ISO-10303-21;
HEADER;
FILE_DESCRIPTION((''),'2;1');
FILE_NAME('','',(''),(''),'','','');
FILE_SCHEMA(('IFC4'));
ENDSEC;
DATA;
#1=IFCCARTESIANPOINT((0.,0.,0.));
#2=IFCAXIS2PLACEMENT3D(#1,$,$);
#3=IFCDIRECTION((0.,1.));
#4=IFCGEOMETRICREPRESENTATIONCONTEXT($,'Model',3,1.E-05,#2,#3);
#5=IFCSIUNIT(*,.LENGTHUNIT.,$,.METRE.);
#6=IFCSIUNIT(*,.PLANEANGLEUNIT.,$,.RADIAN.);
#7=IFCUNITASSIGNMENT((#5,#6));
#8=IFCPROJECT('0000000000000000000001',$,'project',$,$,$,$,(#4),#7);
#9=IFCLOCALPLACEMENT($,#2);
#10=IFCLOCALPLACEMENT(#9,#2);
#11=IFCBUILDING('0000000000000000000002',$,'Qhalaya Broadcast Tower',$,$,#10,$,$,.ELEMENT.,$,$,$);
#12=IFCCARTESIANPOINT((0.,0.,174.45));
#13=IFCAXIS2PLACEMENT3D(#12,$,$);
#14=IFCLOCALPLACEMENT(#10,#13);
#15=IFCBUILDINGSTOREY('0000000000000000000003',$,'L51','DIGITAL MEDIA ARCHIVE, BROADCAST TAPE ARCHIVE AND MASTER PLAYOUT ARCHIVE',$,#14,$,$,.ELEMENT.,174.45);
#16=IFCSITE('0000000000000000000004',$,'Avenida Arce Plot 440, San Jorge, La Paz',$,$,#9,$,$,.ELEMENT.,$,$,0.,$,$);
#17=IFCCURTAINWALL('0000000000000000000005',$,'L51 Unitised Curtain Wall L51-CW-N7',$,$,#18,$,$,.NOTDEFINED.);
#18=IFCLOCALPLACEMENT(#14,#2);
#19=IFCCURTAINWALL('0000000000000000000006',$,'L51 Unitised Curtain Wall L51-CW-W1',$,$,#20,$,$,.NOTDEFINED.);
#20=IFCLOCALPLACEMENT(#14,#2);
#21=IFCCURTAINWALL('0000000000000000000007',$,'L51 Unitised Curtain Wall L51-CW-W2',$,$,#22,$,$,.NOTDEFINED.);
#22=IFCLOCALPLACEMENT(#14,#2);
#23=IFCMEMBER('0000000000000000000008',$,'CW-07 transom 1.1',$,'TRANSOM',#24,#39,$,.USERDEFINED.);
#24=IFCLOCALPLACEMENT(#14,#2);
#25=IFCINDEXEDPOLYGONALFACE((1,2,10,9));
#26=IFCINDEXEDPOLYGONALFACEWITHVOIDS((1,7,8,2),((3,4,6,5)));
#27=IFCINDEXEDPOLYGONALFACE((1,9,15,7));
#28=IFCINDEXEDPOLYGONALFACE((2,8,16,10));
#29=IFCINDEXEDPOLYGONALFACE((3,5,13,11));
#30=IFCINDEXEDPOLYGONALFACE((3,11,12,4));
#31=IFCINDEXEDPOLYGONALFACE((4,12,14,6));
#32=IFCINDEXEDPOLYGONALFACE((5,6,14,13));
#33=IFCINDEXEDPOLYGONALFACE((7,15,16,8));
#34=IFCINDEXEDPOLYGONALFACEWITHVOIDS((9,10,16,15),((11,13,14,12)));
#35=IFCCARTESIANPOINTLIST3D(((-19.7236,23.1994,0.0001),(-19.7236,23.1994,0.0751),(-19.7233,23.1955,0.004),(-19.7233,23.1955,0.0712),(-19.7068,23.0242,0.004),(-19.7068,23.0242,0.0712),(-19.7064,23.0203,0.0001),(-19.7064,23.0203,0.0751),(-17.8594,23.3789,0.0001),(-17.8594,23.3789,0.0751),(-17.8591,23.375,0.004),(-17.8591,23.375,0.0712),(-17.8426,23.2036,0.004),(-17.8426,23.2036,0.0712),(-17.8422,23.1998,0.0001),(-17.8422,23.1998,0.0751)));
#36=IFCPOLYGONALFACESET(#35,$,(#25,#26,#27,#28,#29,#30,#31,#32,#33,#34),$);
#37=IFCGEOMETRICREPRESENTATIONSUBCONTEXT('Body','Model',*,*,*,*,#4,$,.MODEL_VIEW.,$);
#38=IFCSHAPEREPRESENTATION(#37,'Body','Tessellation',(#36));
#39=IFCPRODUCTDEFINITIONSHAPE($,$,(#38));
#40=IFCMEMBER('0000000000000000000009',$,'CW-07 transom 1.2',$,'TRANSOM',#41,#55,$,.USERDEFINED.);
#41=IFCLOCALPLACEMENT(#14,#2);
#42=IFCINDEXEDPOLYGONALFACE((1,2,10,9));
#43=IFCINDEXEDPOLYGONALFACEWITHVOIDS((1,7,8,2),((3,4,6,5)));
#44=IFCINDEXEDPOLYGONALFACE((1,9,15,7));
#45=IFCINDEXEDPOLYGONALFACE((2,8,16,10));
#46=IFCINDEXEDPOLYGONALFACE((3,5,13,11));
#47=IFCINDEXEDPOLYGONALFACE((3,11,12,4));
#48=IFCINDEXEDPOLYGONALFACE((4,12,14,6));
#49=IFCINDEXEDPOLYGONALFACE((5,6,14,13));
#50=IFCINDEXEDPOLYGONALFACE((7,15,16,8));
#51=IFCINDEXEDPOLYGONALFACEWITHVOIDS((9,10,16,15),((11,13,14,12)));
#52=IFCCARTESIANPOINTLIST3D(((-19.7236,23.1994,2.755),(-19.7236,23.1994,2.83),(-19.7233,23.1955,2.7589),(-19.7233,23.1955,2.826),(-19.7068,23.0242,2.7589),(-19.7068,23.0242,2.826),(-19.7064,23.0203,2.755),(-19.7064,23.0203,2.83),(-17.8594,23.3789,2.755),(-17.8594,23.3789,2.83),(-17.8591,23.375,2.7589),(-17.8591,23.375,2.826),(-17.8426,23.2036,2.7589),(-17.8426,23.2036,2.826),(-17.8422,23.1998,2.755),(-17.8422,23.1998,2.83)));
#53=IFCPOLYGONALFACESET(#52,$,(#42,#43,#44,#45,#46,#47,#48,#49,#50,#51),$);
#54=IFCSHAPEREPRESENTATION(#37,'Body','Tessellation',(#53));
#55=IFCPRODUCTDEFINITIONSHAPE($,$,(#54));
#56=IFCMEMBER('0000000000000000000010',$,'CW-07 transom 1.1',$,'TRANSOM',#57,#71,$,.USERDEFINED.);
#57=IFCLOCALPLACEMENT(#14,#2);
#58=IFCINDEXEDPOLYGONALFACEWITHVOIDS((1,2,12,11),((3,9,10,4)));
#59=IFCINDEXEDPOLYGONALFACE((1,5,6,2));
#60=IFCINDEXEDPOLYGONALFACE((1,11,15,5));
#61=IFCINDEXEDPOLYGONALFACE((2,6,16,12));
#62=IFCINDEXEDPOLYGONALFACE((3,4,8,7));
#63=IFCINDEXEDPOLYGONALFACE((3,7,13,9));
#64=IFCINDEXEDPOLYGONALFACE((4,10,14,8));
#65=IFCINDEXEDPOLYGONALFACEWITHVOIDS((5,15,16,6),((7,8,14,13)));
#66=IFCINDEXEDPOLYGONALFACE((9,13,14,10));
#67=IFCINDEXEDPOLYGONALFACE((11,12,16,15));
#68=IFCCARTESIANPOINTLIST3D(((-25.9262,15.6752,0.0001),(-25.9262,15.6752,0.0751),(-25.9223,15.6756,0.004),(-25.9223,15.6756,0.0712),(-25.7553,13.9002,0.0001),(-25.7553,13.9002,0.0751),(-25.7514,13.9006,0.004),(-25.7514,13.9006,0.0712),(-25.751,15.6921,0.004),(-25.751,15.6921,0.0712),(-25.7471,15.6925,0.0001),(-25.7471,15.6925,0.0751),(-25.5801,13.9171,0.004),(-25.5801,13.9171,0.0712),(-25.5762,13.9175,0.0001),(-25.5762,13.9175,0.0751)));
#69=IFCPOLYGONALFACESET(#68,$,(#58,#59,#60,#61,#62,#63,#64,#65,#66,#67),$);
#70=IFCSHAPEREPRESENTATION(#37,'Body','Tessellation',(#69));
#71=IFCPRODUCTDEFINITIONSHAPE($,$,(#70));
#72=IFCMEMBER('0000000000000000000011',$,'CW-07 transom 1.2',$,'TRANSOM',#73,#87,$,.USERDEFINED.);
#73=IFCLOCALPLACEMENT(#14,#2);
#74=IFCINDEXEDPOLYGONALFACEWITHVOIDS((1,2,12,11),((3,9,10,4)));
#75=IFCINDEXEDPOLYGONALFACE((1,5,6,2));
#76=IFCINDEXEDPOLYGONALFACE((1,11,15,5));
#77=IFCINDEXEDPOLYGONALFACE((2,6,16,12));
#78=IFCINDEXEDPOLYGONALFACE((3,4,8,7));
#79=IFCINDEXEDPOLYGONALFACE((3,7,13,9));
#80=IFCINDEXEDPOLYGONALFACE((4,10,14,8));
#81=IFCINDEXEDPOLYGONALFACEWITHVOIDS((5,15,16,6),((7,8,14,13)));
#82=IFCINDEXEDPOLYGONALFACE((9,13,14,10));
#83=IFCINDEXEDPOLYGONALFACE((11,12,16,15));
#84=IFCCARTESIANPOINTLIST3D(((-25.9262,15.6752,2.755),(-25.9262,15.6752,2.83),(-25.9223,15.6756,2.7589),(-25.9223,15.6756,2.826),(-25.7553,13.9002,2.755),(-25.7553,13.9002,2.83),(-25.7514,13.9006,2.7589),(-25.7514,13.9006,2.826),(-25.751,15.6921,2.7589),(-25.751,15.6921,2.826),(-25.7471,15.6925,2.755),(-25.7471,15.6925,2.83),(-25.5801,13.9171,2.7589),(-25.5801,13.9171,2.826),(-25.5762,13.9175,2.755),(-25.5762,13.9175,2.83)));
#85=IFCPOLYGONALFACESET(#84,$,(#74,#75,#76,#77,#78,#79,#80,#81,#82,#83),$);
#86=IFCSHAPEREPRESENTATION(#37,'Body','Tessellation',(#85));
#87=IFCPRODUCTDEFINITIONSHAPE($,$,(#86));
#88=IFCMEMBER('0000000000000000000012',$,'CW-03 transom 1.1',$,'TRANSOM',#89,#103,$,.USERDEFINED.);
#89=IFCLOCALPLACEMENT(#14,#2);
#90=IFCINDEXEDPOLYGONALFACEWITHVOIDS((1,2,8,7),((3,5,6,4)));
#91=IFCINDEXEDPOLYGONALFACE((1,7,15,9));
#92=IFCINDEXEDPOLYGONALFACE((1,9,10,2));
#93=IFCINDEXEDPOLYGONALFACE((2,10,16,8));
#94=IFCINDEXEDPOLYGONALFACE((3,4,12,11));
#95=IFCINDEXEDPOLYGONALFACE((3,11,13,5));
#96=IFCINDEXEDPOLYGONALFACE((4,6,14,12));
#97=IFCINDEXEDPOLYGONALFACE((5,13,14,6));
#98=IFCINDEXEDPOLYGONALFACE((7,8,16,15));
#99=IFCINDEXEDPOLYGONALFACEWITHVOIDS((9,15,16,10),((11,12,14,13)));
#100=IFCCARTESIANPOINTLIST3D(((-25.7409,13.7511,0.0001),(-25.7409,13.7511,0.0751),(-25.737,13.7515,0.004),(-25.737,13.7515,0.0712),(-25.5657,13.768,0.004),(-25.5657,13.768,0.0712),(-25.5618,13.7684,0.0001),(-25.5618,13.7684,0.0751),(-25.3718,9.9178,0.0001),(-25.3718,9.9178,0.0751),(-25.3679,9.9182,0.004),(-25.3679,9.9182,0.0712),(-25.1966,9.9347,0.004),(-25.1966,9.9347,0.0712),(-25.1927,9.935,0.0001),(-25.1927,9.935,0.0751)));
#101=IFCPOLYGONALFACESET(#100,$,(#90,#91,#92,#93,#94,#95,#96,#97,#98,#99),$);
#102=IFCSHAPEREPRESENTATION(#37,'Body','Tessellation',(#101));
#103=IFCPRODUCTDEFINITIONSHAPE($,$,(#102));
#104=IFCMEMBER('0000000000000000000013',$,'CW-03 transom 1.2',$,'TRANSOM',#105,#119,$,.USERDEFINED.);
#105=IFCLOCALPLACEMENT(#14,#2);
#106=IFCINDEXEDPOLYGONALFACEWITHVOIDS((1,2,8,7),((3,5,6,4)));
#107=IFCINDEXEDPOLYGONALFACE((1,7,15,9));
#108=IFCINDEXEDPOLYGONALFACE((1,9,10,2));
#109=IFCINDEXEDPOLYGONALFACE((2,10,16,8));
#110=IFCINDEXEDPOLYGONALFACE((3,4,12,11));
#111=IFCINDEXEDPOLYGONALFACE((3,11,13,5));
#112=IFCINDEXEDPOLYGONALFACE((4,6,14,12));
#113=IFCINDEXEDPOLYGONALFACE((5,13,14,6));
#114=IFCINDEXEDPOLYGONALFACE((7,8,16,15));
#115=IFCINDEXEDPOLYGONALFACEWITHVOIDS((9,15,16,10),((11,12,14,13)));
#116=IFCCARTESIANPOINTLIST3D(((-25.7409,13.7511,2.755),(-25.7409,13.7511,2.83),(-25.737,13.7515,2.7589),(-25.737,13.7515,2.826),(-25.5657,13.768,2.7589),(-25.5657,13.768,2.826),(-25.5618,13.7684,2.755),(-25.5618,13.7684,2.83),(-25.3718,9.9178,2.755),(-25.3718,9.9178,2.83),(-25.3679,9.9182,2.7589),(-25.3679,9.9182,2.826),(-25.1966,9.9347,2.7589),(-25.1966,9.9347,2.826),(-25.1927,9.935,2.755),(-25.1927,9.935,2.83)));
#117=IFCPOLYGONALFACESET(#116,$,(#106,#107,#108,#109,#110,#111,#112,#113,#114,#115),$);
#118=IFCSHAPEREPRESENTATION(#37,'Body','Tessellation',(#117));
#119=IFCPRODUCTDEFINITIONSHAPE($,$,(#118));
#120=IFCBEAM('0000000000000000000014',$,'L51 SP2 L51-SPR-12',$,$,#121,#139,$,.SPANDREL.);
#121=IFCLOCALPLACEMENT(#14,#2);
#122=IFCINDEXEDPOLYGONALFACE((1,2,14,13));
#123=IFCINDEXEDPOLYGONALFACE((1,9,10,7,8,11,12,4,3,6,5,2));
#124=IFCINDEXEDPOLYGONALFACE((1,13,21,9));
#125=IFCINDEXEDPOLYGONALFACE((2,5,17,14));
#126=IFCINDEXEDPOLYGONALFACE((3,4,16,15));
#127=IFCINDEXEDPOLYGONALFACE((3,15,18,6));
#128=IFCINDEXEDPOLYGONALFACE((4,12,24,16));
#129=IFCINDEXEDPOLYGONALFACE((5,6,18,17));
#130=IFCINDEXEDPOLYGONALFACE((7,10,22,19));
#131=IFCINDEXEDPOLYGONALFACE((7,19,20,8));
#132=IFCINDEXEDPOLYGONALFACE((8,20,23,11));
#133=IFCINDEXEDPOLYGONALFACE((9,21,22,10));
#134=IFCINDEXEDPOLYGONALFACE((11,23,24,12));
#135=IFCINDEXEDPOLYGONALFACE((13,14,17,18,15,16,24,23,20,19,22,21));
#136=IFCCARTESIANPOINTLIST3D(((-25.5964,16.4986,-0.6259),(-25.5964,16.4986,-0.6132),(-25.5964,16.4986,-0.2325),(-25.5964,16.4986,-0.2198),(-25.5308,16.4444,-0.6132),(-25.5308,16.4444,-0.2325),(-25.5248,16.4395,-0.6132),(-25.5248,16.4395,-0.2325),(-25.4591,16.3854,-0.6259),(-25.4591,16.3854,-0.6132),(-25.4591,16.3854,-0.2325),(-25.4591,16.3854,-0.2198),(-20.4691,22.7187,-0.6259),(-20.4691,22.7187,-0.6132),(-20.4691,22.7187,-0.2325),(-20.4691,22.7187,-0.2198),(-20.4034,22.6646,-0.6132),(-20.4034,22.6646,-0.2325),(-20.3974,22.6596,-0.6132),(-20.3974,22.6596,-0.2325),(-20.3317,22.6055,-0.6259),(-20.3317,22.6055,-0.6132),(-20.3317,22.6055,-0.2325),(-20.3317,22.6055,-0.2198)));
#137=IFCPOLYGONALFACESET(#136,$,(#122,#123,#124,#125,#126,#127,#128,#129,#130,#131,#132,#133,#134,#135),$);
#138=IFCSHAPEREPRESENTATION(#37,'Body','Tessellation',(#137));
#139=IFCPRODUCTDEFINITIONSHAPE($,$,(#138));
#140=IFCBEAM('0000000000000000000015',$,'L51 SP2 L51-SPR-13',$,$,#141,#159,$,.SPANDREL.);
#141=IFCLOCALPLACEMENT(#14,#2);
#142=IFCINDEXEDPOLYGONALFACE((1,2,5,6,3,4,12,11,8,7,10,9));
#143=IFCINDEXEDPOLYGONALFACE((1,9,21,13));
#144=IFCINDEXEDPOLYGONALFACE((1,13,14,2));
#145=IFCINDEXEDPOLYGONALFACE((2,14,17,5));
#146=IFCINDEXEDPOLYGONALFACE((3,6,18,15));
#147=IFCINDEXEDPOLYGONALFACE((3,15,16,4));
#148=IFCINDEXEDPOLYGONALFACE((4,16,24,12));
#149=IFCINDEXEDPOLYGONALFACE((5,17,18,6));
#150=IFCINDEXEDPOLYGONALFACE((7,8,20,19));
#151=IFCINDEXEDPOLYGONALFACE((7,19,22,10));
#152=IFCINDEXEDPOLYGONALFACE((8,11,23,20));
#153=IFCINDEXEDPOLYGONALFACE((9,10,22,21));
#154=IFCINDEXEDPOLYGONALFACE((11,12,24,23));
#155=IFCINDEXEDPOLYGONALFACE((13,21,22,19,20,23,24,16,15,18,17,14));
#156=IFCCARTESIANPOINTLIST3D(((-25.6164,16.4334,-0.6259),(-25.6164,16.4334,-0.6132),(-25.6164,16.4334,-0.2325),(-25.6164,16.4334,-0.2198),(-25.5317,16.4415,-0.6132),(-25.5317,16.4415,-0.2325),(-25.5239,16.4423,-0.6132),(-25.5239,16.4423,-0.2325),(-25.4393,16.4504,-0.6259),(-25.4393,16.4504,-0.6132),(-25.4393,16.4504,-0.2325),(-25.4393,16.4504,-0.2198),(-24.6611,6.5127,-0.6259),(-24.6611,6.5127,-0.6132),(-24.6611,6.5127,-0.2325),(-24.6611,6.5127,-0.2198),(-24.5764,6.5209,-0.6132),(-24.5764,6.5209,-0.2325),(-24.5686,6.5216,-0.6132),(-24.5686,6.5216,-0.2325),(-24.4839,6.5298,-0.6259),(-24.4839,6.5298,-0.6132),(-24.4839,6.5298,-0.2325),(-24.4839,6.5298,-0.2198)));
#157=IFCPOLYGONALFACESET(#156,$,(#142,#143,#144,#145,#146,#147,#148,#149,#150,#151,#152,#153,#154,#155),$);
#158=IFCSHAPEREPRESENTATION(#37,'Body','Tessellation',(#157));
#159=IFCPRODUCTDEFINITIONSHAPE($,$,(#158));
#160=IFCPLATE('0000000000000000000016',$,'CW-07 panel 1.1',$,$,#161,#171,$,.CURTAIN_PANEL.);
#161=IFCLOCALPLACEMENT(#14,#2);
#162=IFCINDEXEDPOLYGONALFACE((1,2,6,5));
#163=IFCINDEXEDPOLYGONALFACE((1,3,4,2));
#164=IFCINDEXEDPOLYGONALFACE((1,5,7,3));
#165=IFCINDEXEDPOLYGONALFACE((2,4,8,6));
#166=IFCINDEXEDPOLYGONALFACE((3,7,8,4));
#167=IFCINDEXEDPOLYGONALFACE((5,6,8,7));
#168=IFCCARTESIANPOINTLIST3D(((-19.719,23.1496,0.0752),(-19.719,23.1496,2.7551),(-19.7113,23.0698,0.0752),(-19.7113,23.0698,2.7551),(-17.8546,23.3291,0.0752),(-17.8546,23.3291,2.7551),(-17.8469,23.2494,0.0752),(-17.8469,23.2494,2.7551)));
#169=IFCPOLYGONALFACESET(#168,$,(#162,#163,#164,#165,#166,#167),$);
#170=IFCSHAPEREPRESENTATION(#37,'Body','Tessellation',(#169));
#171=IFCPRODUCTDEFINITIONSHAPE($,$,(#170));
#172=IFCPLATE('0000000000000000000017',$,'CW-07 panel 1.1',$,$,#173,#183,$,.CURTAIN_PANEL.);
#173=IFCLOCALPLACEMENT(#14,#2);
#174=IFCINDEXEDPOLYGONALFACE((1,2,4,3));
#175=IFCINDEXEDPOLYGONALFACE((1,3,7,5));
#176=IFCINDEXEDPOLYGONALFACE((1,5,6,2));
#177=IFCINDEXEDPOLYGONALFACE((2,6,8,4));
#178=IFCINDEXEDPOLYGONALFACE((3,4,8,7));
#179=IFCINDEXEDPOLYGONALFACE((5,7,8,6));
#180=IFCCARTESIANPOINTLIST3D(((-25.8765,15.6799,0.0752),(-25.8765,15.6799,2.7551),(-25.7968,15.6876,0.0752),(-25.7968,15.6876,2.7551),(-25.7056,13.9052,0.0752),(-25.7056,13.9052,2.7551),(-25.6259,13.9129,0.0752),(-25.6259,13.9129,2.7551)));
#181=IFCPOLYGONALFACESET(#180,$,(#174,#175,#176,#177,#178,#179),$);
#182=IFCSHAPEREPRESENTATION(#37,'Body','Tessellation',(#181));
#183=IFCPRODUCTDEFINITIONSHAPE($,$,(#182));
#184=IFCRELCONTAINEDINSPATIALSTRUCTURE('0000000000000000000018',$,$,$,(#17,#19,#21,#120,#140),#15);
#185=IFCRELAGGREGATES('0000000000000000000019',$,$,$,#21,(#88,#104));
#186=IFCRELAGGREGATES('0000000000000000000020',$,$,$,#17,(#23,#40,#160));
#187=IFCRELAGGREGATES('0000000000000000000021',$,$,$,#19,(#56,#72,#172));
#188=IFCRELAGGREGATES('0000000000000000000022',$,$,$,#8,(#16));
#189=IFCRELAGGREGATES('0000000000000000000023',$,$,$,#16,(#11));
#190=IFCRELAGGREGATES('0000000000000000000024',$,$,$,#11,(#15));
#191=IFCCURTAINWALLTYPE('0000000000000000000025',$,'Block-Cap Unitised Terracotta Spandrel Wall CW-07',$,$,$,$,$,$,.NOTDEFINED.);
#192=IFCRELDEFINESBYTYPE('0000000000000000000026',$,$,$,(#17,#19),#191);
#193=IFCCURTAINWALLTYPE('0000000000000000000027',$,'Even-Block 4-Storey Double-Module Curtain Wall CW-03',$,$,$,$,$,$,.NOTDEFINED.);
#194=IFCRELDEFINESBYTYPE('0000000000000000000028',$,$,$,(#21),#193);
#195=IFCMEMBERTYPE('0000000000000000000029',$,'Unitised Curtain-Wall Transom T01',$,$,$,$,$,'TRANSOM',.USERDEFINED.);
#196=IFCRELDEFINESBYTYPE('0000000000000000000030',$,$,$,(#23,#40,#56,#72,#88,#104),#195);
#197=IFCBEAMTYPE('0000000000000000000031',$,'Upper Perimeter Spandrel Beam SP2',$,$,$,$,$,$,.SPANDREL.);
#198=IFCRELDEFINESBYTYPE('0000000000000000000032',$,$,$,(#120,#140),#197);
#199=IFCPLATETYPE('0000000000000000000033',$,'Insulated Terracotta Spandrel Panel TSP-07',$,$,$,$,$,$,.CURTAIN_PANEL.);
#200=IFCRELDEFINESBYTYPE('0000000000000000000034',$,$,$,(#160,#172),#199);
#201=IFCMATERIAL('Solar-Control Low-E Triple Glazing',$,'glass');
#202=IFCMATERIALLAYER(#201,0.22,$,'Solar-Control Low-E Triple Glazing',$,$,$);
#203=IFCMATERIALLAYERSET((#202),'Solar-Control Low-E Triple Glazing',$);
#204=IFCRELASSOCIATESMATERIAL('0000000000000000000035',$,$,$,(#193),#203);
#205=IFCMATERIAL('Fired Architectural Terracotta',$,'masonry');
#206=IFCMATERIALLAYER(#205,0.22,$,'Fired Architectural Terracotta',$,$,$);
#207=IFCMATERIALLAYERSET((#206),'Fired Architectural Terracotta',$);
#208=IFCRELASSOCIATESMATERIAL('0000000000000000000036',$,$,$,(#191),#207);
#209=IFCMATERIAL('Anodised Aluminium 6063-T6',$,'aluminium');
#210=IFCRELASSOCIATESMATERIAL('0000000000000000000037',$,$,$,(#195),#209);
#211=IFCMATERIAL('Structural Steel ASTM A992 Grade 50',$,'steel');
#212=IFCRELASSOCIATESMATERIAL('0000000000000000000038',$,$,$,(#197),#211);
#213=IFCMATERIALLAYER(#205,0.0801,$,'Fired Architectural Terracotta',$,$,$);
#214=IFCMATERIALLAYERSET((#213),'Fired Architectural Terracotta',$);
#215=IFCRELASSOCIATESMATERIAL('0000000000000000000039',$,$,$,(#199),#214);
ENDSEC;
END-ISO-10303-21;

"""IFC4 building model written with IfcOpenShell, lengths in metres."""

from ifc_helpers import new_model, si_unit, direction, frame, origin, origin_2d, place, context, subcontext, project, spatial, rectangle, hollow_rectangle, i_section, extrude, material, layer, layer_set, material_profile, profile_set, type_object, element, aggregate, save


model = new_model("IFC4")

# Units and contexts
model_context = context("Model", 3, precision=1e-05, world=origin(), true_north=direction((0.0, 1.0)))
body_context = subcontext(model_context, "Body", "Model", "MODEL_VIEW")
ifc_project = project(units=[si_unit("LENGTHUNIT", "METRE"), si_unit("PLANEANGLEUNIT", "RADIAN")], contexts=[model_context])

# Site, building, storey
site_placement = place(None, origin())
site = spatial("IfcSite", under=ifc_project, at=site_placement, Name="Avenida Arce Plot 440, San Jorge, La Paz", CompositionType="ELEMENT", RefElevation=0.0)
building_placement = place(site_placement, origin())
building = spatial("IfcBuilding", under=site, at=building_placement, Name="Qhalaya Broadcast Tower", CompositionType="ELEMENT")
storey_placement = place(building_placement, frame((0.0, 0.0, 174.45)))
storey = spatial("IfcBuildingStorey", under=building, at=storey_placement, Name="L51", Description="DIGITAL MEDIA ARCHIVE, BROADCAST TAPE ARCHIVE AND MASTER PLAYOUT ARCHIVE", CompositionType="ELEMENT", Elevation=174.45)

# Shared definitions
ifc_material_1 = material(Name="Structural Steel ASTM A992 Grade 50", Category="steel")

# Shared definitions
ifc_material_2 = material(Name="Solar-Control Low-E Triple Glazing", Category="glass")
ifc_layer_1 = layer(ifc_material_2, 0.22, Name="Solar-Control Low-E Triple Glazing")
ifc_layer_set_1 = layer_set([ifc_layer_1], Name="Solar-Control Low-E Triple Glazing")
curtain_wall_type_1 = type_object("IfcCurtainWallType", Name="Even-Block 4-Storey Double-Module Curtain Wall CW-03", PredefinedType="NOTDEFINED", material=ifc_layer_set_1)
ifc_material_3 = material(Name="Anodised Aluminium 6063-T6", Category="aluminium")

# Curtain walls
ifc_material_4 = material(Name="Fired Architectural Terracotta", Category="masonry")
ifc_layer_2 = layer(ifc_material_4, 0.22, Name="Fired Architectural Terracotta")
ifc_layer_set_2 = layer_set([ifc_layer_2], Name="Fired Architectural Terracotta")
curtain_wall_type_2 = type_object("IfcCurtainWallType", Name="Block-Cap Unitised Terracotta Spandrel Wall CW-07", PredefinedType="NOTDEFINED", material=ifc_layer_set_2)
curtain_wall_1_placement = place(storey_placement, origin())
curtain_wall_1 = element("IfcCurtainWall", 1, at=curtain_wall_1_placement, inside=storey, type_object=curtain_wall_type_2, Name="L51 Unitised Curtain Wall L51-CW-N7", PredefinedType="NOTDEFINED")
curtain_wall_2_placement = place(storey_placement, origin())
curtain_wall_2 = element("IfcCurtainWall", 2, at=curtain_wall_2_placement, inside=storey, type_object=curtain_wall_type_2, Name="L51 Unitised Curtain Wall L51-CW-W1", PredefinedType="NOTDEFINED")

# Curtain wall
curtain_wall_3_placement = place(storey_placement, origin())
curtain_wall_3 = element("IfcCurtainWall", 3, at=curtain_wall_3_placement, inside=storey, type_object=curtain_wall_type_1, Name="L51 Unitised Curtain Wall L51-CW-W2", PredefinedType="NOTDEFINED")

# Members
ifc_material_profile_1 = material_profile(ifc_material_3, hollow_rectangle(XDim=0.075, YDim=0.1799, WallThickness=0.0039, at=origin_2d()), Name="ALU-TRN 75x180x4")
ifc_profile_set_1 = profile_set([ifc_material_profile_1], Name="Anodised Aluminium 6063-T6")
member_type_1 = type_object("IfcMemberType", Name="Unitised Curtain-Wall Transom T01", ElementType="TRANSOM", PredefinedType="USERDEFINED", material=ifc_profile_set_1)
member_1_placement = place(storey_placement, frame((-17.8508, 23.2893, 0.0376), z_axis=(-0.995399, -0.095812, 0.0), x_axis=(0.0, 0.0, 1.0)))
member_1 = element("IfcMember", 4, at=member_1_placement, type_object=member_type_1, Name="CW-07 transom 1.1", ObjectType="TRANSOM", PredefinedType="USERDEFINED", context=body_context, shape_type="SweptSolid", body=[
    extrude(hollow_rectangle(XDim=0.075, YDim=0.1799, WallThickness=0.0039, at=origin_2d()), origin(), (0.0, 0.0, 1.0), 1.8728),
])
member_2_placement = place(storey_placement, frame((-17.8508, 23.2893, 2.7925), z_axis=(-0.995399, -0.095812, 0.0), x_axis=(0.0, 0.0, 1.0)))
member_2 = element("IfcMember", 5, at=member_2_placement, type_object=member_type_1, Name="CW-07 transom 1.2", ObjectType="TRANSOM", PredefinedType="USERDEFINED", context=body_context, shape_type="SweptSolid", body=[
    extrude(hollow_rectangle(XDim=0.075, YDim=0.1799, WallThickness=0.0039, at=origin_2d()), origin(), (0.0, 0.0, 1.0), 1.8728),
])
member_3_placement = place(storey_placement, frame((-25.8367, 15.6838, 0.0376), z_axis=(0.095843, -0.995396, 0.0), x_axis=(0.0, 0.0, 1.0)))
member_3 = element("IfcMember", 6, at=member_3_placement, type_object=member_type_1, Name="CW-07 transom 1.1", ObjectType="TRANSOM", PredefinedType="USERDEFINED", context=body_context, shape_type="SweptSolid", body=[
    extrude(hollow_rectangle(XDim=0.075, YDim=0.1799, WallThickness=0.0039, at=origin_2d()), origin(), (0.0, 0.0, 1.0), 1.7832),
])
member_4_placement = place(storey_placement, frame((-25.8367, 15.6838, 2.7925), z_axis=(0.095843, -0.995396, 0.0), x_axis=(0.0, 0.0, 1.0)))
member_4 = element("IfcMember", 7, at=member_4_placement, type_object=member_type_1, Name="CW-07 transom 1.2", ObjectType="TRANSOM", PredefinedType="USERDEFINED", context=body_context, shape_type="SweptSolid", body=[
    extrude(hollow_rectangle(XDim=0.075, YDim=0.1799, WallThickness=0.0039, at=origin_2d()), origin(), (0.0, 0.0, 1.0), 1.7832),
])
member_5_placement = place(storey_placement, frame((-25.6514, 13.7598, 0.0376), z_axis=(0.095856, -0.995395, 0.0), x_axis=(0.0, 0.0, 1.0)))
member_5 = element("IfcMember", 8, at=member_5_placement, type_object=member_type_1, Name="CW-03 transom 1.1", ObjectType="TRANSOM", PredefinedType="USERDEFINED", context=body_context, shape_type="SweptSolid", body=[
    extrude(hollow_rectangle(XDim=0.075, YDim=0.1799, WallThickness=0.0039, at=origin_2d()), origin(), (0.0, 0.0, 1.0), 3.8511),
])
member_6_placement = place(storey_placement, frame((-25.6514, 13.7598, 2.7925), z_axis=(0.095856, -0.995395, 0.0), x_axis=(0.0, 0.0, 1.0)))
member_6 = element("IfcMember", 9, at=member_6_placement, type_object=member_type_1, Name="CW-03 transom 1.2", ObjectType="TRANSOM", PredefinedType="USERDEFINED", context=body_context, shape_type="SweptSolid", body=[
    extrude(hollow_rectangle(XDim=0.075, YDim=0.1799, WallThickness=0.0039, at=origin_2d()), origin(), (0.0, 0.0, 1.0), 3.8511),
])
aggregate(curtain_wall_3, [member_5, member_6])

# Beams
ifc_material_profile_2 = material_profile(ifc_material_1, i_section(OverallWidth=0.178, OverallDepth=0.406, WebThickness=0.0078, FlangeThickness=0.0127, at=origin_2d()), Name="W16X40")
ifc_profile_set_2 = profile_set([ifc_material_profile_2], Name="Structural Steel ASTM A992 Grade 50")
beam_type_1 = type_object("IfcBeamType", Name="Upper Perimeter Spandrel Beam SP2", PredefinedType="SPANDREL", material=ifc_profile_set_2)
beam_1_placement = place(storey_placement, frame((-20.4004, 22.6621, -0.4229), z_axis=(-0.63607, -0.771631, 0.0), x_axis=(0.771631, -0.63607, 0.0)))
element("IfcBeam", 10, at=beam_1_placement, inside=storey, type_object=beam_type_1, Name="L51 SP2 L51-SPR-12", PredefinedType="SPANDREL", context=body_context, shape_type="SweptSolid", body=[
    extrude(i_section(OverallWidth=0.178, OverallDepth=0.406, WebThickness=0.0078, FlangeThickness=0.0127, at=origin_2d()), origin(), (0.0, 0.0, 1.0), 8.061),
])
beam_2_placement = place(storey_placement, frame((-25.5278, 16.4419, -0.4229), z_axis=(0.095853, -0.995396, 0.0), x_axis=(0.995396, 0.095853, 0.0)))
element("IfcBeam", 11, at=beam_2_placement, inside=storey, type_object=beam_type_1, Name="L51 SP2 L51-SPR-13", PredefinedType="SPANDREL", context=body_context, shape_type="SweptSolid", body=[
    extrude(i_section(OverallWidth=0.178, OverallDepth=0.406, WebThickness=0.0078, FlangeThickness=0.0127, at=origin_2d()), origin(), (0.0, 0.0, 1.0), 9.9666),
])

# Plates
ifc_layer_3 = layer(ifc_material_4, 0.0801, Name="Fired Architectural Terracotta")
ifc_layer_set_3 = layer_set([ifc_layer_3], Name="Fired Architectural Terracotta")
plate_type = type_object("IfcPlateType", Name="Insulated Terracotta Spandrel Panel TSP-07", PredefinedType="CURTAIN_PANEL", material=ifc_layer_set_3)
plate_1_placement = place(storey_placement, frame((-18.783, 23.1995, 0.0752), z_axis=(0.0, 0.0, 1.0), x_axis=(-0.995396, -0.095847, 0.0)))
plate_1 = element("IfcPlate", 12, at=plate_1_placement, type_object=plate_type, Name="CW-07 panel 1.1", PredefinedType="CURTAIN_PANEL", context=body_context, shape_type="SweptSolid", body=[
    extrude(rectangle(XDim=1.873, YDim=0.0801, at=origin_2d()), origin(), (0.0, 0.0, 1.0), 2.6799),
])
aggregate(curtain_wall_1, [member_1, member_2, plate_1])
plate_2_placement = place(storey_placement, frame((-25.7512, 14.7964, 0.0752), z_axis=(0.0, 0.0, 1.0), x_axis=(0.095861, -0.995395, 0.0)))
plate_2 = element("IfcPlate", 13, at=plate_2_placement, type_object=plate_type, Name="CW-07 panel 1.1", PredefinedType="CURTAIN_PANEL", context=body_context, shape_type="SweptSolid", body=[
    extrude(rectangle(XDim=1.783, YDim=0.0801, at=origin_2d()), origin(), (0.0, 0.0, 1.0), 2.6799),
])
aggregate(curtain_wall_2, [member_3, member_4, plate_2])

save(model, "model.ifc")
